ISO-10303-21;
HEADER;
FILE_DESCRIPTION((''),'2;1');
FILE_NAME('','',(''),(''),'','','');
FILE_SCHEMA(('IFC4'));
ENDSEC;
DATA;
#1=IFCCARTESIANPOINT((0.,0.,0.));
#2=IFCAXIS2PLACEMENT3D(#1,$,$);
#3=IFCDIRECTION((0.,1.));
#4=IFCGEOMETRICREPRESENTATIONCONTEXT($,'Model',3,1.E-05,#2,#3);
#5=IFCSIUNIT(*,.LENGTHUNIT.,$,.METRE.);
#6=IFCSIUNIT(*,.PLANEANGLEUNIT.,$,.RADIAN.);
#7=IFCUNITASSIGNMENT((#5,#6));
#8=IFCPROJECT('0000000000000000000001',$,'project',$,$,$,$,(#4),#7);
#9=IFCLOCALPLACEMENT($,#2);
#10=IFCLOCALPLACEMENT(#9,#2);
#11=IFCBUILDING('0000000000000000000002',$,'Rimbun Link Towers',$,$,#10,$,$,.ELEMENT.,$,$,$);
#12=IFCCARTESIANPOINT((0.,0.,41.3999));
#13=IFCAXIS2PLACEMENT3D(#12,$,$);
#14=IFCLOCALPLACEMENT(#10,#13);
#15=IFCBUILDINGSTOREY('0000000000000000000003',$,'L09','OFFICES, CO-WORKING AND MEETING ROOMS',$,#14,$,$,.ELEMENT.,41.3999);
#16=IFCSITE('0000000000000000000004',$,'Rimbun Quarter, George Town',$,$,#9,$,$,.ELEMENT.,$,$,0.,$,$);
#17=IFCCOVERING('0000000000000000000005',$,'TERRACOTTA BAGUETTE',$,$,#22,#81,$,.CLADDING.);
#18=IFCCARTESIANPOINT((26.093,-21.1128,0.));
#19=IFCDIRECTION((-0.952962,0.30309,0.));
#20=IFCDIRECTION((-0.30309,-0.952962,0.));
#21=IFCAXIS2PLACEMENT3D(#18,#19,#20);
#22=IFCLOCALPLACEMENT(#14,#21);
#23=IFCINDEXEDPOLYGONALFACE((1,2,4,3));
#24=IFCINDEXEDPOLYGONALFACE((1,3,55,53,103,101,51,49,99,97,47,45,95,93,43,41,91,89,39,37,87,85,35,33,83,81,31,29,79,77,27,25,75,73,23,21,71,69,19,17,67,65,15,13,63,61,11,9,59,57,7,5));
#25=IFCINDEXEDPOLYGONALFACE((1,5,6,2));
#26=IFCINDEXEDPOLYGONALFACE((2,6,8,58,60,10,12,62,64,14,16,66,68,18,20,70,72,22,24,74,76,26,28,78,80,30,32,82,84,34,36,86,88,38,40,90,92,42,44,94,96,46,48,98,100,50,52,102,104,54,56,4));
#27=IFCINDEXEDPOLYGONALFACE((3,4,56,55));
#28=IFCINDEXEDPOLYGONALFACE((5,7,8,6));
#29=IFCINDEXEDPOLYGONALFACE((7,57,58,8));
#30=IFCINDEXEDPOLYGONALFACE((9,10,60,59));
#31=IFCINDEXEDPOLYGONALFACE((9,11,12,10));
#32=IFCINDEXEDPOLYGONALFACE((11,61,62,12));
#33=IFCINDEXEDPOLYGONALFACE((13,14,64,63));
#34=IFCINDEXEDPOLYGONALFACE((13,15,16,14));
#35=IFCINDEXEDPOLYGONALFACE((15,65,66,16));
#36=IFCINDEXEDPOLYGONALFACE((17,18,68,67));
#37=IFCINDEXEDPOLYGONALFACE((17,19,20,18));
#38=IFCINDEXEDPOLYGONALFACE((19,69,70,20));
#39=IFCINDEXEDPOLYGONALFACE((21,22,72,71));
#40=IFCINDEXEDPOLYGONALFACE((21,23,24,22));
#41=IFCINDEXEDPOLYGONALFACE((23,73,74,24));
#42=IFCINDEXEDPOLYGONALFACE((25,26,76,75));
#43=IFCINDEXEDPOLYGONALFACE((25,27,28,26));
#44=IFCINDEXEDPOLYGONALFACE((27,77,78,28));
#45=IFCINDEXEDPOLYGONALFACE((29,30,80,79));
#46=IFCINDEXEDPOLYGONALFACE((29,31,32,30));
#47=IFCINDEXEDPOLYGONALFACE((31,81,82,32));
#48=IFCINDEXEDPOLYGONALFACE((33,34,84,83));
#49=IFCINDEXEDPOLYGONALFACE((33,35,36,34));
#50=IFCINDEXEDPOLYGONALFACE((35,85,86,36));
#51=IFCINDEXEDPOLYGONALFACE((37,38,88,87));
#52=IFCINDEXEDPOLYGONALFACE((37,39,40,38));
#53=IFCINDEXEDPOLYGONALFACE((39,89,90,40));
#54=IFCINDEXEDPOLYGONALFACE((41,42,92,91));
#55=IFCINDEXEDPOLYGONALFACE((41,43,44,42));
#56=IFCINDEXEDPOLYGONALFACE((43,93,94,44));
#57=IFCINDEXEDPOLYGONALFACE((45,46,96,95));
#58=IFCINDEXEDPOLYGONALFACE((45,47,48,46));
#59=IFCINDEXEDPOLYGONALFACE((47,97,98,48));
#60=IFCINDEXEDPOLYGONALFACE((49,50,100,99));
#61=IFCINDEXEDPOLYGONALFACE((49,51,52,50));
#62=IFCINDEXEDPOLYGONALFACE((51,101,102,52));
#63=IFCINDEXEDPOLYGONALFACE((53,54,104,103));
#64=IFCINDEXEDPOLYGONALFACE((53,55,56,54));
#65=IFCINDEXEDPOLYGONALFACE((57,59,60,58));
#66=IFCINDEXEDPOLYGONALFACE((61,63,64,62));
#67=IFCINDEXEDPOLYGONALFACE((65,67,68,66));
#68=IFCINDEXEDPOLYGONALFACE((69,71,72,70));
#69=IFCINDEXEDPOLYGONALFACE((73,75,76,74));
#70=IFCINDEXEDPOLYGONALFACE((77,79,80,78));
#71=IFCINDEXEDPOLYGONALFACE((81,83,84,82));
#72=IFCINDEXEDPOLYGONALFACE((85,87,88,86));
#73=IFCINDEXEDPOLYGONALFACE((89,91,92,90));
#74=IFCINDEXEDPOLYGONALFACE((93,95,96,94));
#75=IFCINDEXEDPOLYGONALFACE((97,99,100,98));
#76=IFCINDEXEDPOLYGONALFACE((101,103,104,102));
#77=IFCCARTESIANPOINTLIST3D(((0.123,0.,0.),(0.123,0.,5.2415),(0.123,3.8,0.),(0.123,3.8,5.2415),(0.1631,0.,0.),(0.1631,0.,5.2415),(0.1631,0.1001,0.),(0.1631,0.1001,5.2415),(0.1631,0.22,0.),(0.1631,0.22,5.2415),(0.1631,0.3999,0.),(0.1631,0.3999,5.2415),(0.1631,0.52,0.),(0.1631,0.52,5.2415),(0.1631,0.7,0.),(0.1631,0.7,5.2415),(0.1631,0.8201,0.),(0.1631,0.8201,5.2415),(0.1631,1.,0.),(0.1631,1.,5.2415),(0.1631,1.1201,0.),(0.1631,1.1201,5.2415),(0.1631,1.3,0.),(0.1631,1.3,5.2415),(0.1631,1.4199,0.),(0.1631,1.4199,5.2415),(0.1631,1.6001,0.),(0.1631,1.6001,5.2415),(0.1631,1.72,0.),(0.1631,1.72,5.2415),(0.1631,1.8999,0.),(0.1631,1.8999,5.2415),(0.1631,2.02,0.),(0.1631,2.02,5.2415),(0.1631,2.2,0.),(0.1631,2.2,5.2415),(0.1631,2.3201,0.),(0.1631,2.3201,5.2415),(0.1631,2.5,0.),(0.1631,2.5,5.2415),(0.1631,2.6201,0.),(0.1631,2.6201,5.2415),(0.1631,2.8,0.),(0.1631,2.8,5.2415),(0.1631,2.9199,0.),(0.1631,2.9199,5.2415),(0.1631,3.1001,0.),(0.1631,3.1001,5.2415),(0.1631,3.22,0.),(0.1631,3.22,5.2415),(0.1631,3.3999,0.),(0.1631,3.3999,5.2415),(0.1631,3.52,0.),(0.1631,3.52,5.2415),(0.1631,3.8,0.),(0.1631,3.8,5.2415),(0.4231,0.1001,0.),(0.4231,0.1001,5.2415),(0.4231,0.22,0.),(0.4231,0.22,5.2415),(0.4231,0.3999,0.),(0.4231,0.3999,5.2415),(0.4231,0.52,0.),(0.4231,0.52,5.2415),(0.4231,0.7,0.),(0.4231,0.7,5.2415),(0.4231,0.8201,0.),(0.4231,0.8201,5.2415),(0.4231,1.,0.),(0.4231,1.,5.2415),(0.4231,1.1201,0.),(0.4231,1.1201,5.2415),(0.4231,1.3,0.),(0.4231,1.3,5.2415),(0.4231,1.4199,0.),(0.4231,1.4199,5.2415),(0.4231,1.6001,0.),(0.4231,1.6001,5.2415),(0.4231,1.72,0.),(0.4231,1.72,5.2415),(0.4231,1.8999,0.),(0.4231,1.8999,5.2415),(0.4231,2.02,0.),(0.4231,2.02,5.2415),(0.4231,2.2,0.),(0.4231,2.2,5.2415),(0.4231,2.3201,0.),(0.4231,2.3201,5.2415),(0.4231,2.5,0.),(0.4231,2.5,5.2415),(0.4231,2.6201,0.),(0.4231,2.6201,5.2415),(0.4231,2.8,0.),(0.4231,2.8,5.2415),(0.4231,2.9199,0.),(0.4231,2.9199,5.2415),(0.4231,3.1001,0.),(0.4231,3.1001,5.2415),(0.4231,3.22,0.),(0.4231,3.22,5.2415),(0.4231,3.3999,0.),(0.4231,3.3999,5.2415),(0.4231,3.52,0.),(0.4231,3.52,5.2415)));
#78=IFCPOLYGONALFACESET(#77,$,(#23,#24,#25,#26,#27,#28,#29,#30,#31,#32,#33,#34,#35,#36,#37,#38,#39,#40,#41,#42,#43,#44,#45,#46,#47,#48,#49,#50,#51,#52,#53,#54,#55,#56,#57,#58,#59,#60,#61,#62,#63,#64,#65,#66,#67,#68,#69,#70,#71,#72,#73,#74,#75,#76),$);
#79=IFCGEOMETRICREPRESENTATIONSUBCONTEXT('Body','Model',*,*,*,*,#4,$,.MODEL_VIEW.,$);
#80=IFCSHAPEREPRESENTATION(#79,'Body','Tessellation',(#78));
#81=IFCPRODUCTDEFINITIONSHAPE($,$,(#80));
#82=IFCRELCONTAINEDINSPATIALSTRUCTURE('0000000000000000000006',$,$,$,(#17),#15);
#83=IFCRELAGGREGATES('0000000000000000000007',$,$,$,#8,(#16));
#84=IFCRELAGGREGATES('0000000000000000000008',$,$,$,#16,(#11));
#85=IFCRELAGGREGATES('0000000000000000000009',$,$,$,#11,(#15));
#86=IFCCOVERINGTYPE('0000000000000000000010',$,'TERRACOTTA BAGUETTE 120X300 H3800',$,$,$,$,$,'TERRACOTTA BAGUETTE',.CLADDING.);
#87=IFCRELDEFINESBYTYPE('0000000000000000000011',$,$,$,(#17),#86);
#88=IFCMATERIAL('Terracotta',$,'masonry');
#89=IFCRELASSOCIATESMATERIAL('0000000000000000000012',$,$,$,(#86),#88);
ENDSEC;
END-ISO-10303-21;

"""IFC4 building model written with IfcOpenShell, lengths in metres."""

from ifc_helpers import new_model, si_unit, direction, frame, origin, place, context, subcontext, project, spatial, polyline, outline, extrude, material, material_profile, profile_set, type_object, element, save


model = new_model("IFC4")

# Units and contexts
model_context = context("Model", 3, precision=1e-05, world=origin(), true_north=direction((0.0, 1.0)))
body_context = subcontext(model_context, "Body", "Model", "MODEL_VIEW")
ifc_project = project(units=[si_unit("LENGTHUNIT", "METRE"), si_unit("PLANEANGLEUNIT", "RADIAN")], contexts=[model_context])

# Site, building, storey
site_placement = place(None, origin())
site = spatial("IfcSite", under=ifc_project, at=site_placement, Name="Rimbun Quarter, George Town", CompositionType="ELEMENT", RefElevation=0.0)
building_placement = place(site_placement, origin())
building = spatial("IfcBuilding", under=site, at=building_placement, Name="Rimbun Link Towers", CompositionType="ELEMENT")
storey_placement = place(building_placement, frame((0.0, 0.0, 41.3999)))
storey = spatial("IfcBuildingStorey", under=building, at=storey_placement, Name="L09", Description="OFFICES, CO-WORKING AND MEETING ROOMS", CompositionType="ELEMENT", Elevation=41.3999)

# Covering
ifc_material_1 = material(Name="Terracotta", Category="masonry")
ifc_material_profile_1 = material_profile(ifc_material_1, outline(polyline([(0.123, 0.0), (0.1631, 0.0), (0.1631, 0.1001), (0.4231, 0.1001), (0.4231, 0.22), (0.1631, 0.22), (0.1631, 0.3999), (0.4231, 0.3999), (0.4231, 0.52), (0.1631, 0.52), (0.1631, 0.7), (0.4231, 0.7), (0.4231, 0.8201), (0.1631, 0.8201), (0.1631, 1.0), (0.4231, 1.0), (0.4231, 1.1201), (0.1631, 1.1201), (0.1631, 1.3), (0.4231, 1.3), (0.4231, 1.4199), (0.1631, 1.4199), (0.1631, 1.6001), (0.4231, 1.6001), (0.4231, 1.72), (0.1631, 1.72), (0.1631, 1.8999), (0.4231, 1.8999), (0.4231, 2.02), (0.1631, 2.02), (0.1631, 2.2), (0.4231, 2.2), (0.4231, 2.3201), (0.1631, 2.3201), (0.1631, 2.5), (0.4231, 2.5), (0.4231, 2.6201), (0.1631, 2.6201), (0.1631, 2.8), (0.4231, 2.8), (0.4231, 2.9199), (0.1631, 2.9199), (0.1631, 3.1001), (0.4231, 3.1001), (0.4231, 3.22), (0.1631, 3.22), (0.1631, 3.3999), (0.4231, 3.3999), (0.4231, 3.52), (0.1631, 3.52), (0.1631, 3.8), (0.123, 3.8), (0.123, 0.0)])), Name="BAGUETTE 120X300")
ifc_profile_set_1 = profile_set([ifc_material_profile_1], Name="Terracotta")
covering_type = type_object("IfcCoveringType", Name="TERRACOTTA BAGUETTE 120X300 H3800", ElementType="TERRACOTTA BAGUETTE", PredefinedType="CLADDING", material=ifc_profile_set_1)
covering_placement = place(storey_placement, frame((26.093, -21.1128, 0.0), z_axis=(-0.952962, 0.30309, 0.0), x_axis=(-0.30309, -0.952962, 0.0)))
element("IfcCovering", 1, at=covering_placement, inside=storey, type_object=covering_type, Name="TERRACOTTA BAGUETTE", PredefinedType="CLADDING", context=body_context, shape_type="SweptSolid", body=[
    extrude(outline(polyline([(0.123, 0.0), (0.1631, 0.0), (0.1631, 0.1001), (0.4231, 0.1001), (0.4231, 0.22), (0.1631, 0.22), (0.1631, 0.3999), (0.4231, 0.3999), (0.4231, 0.52), (0.1631, 0.52), (0.1631, 0.7), (0.4231, 0.7), (0.4231, 0.8201), (0.1631, 0.8201), (0.1631, 1.0), (0.4231, 1.0), (0.4231, 1.1201), (0.1631, 1.1201), (0.1631, 1.3), (0.4231, 1.3), (0.4231, 1.4199), (0.1631, 1.4199), (0.1631, 1.6001), (0.4231, 1.6001), (0.4231, 1.72), (0.1631, 1.72), (0.1631, 1.8999), (0.4231, 1.8999), (0.4231, 2.02), (0.1631, 2.02), (0.1631, 2.2), (0.4231, 2.2), (0.4231, 2.3201), (0.1631, 2.3201), (0.1631, 2.5), (0.4231, 2.5), (0.4231, 2.6201), (0.1631, 2.6201), (0.1631, 2.8), (0.4231, 2.8), (0.4231, 2.9199), (0.1631, 2.9199), (0.1631, 3.1001), (0.4231, 3.1001), (0.4231, 3.22), (0.1631, 3.22), (0.1631, 3.3999), (0.4231, 3.3999), (0.4231, 3.52), (0.1631, 3.52), (0.1631, 3.8), (0.123, 3.8), (0.123, 0.0)])), origin(), (0.0, 0.0, 1.0), 5.2415),
])

save(model, "model.ifc")
